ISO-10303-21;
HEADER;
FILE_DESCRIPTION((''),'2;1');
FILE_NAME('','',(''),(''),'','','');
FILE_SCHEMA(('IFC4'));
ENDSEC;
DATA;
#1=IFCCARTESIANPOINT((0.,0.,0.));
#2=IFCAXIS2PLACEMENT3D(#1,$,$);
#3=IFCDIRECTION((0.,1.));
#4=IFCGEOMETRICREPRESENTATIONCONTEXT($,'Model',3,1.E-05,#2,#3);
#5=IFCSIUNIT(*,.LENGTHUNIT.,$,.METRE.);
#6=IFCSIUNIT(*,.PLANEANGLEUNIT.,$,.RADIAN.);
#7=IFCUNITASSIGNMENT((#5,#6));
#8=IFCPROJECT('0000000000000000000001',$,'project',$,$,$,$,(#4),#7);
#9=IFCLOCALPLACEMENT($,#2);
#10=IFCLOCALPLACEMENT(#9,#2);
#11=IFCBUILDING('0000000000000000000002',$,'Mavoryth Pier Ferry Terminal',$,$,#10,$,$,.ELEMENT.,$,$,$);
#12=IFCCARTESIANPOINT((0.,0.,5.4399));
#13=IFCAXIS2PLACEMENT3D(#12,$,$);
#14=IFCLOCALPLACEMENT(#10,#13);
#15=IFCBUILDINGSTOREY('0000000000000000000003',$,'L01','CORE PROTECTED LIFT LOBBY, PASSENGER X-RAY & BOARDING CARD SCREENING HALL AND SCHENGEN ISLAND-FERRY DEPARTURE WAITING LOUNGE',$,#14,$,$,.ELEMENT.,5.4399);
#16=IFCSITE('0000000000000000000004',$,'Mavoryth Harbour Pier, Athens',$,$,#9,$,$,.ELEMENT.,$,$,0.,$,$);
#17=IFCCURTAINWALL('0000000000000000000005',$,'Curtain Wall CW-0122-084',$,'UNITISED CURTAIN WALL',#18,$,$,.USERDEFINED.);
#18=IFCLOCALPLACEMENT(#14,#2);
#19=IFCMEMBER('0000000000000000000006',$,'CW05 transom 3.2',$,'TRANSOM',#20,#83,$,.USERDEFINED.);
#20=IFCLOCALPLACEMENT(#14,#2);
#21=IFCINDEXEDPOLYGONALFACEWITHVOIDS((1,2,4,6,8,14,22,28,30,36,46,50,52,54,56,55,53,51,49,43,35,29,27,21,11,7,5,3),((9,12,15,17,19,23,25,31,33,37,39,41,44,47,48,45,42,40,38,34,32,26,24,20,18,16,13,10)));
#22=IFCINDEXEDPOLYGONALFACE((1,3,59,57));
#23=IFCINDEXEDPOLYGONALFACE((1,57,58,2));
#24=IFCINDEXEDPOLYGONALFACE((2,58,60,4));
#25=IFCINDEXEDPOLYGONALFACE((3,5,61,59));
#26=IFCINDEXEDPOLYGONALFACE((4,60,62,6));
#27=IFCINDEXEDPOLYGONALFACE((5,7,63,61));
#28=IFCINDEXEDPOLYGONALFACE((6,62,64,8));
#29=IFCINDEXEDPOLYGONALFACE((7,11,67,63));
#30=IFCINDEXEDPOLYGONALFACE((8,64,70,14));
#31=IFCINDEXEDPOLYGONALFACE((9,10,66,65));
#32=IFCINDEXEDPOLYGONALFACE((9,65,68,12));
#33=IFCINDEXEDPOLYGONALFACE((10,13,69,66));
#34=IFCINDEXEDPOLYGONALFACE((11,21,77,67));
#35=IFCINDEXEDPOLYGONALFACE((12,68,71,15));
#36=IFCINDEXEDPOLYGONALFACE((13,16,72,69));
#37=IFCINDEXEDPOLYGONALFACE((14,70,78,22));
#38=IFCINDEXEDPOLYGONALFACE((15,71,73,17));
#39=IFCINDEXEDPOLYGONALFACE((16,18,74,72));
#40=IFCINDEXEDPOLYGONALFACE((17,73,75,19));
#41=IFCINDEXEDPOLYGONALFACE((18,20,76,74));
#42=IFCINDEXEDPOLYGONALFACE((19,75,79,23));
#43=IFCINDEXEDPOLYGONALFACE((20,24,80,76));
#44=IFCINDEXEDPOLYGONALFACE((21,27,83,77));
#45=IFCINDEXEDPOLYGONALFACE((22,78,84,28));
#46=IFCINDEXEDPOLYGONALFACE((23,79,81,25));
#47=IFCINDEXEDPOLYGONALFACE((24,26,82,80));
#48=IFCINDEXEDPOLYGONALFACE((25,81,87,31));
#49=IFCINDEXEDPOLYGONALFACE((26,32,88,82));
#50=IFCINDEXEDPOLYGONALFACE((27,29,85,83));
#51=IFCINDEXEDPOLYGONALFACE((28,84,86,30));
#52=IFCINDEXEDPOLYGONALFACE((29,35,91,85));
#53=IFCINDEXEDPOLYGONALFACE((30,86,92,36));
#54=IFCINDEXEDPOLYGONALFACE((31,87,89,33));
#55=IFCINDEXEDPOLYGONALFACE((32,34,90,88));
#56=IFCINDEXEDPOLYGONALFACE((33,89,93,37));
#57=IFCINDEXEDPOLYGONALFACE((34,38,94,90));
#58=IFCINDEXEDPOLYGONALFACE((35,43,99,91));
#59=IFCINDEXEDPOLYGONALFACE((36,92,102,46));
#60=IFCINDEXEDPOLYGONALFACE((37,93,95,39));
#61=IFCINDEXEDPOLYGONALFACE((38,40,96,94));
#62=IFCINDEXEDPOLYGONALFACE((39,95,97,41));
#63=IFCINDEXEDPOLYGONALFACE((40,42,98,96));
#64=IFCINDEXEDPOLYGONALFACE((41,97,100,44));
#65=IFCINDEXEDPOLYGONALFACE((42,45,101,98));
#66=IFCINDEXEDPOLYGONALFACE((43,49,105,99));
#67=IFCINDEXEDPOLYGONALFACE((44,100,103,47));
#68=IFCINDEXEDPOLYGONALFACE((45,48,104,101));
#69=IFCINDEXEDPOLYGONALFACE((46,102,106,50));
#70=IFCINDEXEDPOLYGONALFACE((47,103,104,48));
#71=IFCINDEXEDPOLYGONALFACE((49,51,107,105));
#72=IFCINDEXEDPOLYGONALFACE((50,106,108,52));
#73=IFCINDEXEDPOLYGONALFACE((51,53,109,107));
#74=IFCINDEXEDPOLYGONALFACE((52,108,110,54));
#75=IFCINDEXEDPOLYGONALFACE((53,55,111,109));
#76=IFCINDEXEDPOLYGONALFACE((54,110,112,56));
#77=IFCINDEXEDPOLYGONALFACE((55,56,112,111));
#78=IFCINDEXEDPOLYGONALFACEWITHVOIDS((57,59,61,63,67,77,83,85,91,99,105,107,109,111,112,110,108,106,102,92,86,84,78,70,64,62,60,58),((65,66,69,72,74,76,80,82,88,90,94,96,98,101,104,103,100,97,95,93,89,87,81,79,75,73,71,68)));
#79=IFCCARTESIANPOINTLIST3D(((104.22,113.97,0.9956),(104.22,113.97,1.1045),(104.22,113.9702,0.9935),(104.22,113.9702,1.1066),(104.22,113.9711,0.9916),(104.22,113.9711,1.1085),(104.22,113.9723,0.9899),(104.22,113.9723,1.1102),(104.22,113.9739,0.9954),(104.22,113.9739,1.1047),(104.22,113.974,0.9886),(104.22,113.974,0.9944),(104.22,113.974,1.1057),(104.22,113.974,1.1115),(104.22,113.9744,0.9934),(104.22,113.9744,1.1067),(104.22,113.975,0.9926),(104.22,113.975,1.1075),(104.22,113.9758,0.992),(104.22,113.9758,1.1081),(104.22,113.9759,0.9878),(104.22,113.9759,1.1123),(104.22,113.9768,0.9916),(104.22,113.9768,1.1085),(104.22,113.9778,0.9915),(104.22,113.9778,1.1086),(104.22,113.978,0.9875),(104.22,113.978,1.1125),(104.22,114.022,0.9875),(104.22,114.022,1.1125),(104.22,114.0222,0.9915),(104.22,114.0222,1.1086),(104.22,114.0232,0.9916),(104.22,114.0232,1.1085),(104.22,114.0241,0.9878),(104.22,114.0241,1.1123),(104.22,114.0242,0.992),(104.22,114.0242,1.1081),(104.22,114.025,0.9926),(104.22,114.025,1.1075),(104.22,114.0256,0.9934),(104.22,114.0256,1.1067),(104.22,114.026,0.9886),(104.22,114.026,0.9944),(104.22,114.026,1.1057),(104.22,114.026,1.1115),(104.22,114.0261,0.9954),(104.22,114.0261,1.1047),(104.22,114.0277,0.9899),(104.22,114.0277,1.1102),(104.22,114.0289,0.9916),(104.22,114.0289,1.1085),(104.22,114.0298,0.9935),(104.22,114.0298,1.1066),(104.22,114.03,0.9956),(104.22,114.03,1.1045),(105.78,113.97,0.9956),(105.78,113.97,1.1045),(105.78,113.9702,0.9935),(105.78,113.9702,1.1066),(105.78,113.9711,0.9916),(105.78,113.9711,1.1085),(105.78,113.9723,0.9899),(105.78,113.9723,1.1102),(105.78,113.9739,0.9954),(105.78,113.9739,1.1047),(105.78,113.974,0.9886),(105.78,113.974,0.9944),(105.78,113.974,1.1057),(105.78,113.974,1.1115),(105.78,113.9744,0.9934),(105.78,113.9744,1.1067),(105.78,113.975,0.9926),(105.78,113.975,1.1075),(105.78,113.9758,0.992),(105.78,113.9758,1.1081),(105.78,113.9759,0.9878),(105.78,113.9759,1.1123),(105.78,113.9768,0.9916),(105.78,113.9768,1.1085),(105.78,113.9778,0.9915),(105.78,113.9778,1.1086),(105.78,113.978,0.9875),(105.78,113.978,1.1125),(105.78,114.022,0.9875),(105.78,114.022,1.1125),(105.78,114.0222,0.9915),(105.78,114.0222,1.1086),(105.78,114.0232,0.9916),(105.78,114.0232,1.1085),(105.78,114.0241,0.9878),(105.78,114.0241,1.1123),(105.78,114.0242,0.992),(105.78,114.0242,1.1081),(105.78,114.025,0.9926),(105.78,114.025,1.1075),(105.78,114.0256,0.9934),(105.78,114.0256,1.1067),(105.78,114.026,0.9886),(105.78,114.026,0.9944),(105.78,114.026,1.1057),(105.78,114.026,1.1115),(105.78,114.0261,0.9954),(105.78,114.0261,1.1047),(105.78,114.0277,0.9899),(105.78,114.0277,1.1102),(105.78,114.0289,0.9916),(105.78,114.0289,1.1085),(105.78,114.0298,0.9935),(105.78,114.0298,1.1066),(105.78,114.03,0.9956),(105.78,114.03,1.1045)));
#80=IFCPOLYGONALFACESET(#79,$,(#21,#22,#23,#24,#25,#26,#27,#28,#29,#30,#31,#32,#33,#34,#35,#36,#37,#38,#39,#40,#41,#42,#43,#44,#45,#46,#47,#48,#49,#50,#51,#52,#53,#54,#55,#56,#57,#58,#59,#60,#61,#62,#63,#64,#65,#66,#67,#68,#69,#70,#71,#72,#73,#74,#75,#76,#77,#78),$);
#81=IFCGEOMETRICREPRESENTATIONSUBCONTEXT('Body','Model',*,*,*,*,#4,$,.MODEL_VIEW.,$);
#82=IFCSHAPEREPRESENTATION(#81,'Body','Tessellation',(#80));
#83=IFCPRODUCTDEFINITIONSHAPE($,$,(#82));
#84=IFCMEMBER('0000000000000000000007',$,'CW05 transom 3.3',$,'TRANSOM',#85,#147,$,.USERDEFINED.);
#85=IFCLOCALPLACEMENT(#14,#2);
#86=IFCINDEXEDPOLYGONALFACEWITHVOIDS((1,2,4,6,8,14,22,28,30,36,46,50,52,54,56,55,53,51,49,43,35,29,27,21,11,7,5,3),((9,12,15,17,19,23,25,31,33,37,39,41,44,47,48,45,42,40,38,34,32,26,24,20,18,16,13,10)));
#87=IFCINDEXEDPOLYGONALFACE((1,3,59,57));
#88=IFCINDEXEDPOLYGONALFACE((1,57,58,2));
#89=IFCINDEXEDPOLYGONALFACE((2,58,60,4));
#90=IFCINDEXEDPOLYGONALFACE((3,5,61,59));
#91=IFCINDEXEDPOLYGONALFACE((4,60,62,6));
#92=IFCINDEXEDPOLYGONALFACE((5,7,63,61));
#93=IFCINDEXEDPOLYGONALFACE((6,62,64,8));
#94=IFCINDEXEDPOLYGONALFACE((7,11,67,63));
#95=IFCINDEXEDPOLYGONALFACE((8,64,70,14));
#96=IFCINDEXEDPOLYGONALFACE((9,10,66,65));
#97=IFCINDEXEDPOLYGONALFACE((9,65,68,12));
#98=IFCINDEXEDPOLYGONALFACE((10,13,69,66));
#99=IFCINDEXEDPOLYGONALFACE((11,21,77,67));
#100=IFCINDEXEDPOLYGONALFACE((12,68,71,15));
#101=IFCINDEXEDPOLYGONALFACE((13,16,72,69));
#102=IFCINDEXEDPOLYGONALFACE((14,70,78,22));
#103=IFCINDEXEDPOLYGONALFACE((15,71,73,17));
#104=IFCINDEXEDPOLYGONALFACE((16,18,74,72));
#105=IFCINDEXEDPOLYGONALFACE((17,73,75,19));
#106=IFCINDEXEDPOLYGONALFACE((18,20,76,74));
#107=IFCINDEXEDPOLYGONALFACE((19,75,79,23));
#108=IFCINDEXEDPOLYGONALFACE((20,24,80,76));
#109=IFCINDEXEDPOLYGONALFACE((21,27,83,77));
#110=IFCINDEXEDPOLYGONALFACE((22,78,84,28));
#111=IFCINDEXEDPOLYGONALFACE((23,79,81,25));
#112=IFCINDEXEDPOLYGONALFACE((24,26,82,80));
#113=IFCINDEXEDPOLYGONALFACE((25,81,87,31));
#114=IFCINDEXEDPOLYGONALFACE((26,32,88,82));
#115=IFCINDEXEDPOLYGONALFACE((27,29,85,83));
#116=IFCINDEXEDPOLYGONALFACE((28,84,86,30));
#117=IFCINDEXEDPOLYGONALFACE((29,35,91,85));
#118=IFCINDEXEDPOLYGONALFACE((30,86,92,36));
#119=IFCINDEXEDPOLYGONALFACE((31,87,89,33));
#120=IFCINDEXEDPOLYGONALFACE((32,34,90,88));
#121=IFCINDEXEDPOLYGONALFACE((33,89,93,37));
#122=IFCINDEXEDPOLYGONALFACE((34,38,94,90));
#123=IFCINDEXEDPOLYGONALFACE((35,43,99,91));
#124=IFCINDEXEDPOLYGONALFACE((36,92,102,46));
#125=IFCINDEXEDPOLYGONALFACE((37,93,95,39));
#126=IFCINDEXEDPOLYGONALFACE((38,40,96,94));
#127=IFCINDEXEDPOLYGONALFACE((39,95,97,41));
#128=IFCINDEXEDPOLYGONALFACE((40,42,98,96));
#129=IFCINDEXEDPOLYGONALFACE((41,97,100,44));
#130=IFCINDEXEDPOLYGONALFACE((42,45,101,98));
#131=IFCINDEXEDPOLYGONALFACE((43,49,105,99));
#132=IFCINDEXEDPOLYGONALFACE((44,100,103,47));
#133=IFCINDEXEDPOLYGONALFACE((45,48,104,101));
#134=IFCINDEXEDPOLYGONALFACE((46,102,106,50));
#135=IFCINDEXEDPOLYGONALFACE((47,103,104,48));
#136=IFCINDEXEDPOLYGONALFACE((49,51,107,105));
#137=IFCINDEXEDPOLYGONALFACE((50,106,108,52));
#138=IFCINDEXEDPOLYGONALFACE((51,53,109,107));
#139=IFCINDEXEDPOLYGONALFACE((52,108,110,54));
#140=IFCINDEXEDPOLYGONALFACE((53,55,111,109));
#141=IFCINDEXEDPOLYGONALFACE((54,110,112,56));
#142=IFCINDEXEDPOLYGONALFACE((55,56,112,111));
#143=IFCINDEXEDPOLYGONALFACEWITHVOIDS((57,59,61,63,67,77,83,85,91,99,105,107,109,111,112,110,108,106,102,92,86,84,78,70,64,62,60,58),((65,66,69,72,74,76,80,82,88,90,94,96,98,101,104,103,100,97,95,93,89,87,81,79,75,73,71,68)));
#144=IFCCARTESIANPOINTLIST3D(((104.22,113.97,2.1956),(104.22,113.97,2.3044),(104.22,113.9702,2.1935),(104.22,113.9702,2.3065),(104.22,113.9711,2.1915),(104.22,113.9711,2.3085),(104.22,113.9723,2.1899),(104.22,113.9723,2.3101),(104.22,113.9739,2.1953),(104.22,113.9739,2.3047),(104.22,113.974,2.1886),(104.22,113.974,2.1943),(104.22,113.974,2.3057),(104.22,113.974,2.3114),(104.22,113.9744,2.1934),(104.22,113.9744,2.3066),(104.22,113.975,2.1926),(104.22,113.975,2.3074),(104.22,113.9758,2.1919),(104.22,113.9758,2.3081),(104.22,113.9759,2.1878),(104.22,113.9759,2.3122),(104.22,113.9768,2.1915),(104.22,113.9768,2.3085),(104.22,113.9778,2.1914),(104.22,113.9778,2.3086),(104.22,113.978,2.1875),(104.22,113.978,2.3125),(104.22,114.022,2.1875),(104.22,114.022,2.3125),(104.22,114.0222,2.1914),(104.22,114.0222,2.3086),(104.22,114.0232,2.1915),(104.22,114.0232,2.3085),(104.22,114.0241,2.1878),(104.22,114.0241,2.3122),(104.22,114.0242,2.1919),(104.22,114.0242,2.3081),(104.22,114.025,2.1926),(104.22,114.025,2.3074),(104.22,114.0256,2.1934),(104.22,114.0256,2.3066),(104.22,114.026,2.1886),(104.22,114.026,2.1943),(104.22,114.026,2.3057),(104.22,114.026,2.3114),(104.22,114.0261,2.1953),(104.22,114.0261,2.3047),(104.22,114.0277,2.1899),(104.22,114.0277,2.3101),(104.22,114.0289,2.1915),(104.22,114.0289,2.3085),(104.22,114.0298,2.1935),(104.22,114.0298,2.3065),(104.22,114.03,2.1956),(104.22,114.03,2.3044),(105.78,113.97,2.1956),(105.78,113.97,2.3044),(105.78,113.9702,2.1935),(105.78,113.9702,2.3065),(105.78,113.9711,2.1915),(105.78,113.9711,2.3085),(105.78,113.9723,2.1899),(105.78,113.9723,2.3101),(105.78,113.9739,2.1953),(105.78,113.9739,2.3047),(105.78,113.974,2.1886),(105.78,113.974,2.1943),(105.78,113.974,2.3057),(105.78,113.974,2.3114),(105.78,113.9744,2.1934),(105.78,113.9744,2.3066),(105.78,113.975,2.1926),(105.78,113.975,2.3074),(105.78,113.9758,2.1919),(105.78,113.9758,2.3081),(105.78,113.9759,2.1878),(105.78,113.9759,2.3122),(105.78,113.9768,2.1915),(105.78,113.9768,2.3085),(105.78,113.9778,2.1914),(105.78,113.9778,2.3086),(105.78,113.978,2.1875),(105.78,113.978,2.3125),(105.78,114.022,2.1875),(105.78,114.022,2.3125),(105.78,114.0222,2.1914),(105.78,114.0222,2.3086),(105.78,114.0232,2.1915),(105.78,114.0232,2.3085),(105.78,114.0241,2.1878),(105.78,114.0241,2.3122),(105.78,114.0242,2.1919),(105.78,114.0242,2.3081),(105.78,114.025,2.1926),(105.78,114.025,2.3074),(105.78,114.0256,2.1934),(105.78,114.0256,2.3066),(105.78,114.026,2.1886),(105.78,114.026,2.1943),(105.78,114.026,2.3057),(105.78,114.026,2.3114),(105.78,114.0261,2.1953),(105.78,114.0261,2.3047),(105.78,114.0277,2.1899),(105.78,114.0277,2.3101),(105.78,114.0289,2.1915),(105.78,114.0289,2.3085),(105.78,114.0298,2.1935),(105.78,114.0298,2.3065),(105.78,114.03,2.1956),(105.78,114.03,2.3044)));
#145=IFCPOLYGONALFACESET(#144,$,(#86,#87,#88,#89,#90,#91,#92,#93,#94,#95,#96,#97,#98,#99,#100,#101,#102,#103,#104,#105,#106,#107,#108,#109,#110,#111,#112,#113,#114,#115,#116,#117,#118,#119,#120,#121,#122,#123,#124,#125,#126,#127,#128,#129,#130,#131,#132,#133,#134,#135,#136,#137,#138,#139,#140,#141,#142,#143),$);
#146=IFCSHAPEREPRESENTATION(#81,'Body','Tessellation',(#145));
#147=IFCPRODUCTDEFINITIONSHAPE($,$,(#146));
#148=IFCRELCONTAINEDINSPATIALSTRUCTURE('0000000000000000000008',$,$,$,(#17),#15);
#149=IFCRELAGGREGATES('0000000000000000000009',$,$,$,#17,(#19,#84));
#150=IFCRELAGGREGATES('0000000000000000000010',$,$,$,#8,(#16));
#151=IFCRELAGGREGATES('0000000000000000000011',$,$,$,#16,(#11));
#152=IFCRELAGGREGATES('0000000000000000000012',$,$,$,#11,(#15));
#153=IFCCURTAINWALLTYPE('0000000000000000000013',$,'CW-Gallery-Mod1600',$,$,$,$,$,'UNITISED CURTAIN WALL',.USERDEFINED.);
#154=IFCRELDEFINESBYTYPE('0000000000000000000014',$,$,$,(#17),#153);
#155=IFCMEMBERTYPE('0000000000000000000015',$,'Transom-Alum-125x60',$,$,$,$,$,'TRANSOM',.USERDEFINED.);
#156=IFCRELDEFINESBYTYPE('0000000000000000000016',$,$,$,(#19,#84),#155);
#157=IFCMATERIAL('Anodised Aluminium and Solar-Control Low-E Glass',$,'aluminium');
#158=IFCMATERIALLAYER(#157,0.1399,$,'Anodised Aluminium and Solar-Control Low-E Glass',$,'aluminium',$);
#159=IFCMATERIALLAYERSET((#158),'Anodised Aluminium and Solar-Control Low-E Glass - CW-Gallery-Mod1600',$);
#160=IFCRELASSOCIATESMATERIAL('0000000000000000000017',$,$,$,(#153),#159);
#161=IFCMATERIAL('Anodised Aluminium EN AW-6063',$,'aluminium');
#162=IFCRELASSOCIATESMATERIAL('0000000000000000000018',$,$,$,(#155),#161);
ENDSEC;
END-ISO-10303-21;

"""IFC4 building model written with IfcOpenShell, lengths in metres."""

from ifc_helpers import new_model, si_unit, direction, frame, origin, origin_2d, place, context, subcontext, project, spatial, hollow_rectangle, extrude, material, layer, layer_set, material_profile, profile_set, type_object, element, aggregate, save


model = new_model("IFC4")

# Units and contexts
model_context = context("Model", 3, precision=1e-05, world=origin(), true_north=direction((0.0, 1.0)))
body_context = subcontext(model_context, "Body", "Model", "MODEL_VIEW")
ifc_project = project(units=[si_unit("LENGTHUNIT", "METRE"), si_unit("PLANEANGLEUNIT", "RADIAN")], contexts=[model_context])

# Site, building, storey
site_placement = place(None, origin())
site = spatial("IfcSite", under=ifc_project, at=site_placement, Name="Mavoryth Harbour Pier, Athens", CompositionType="ELEMENT", RefElevation=0.0)
building_placement = place(site_placement, origin())
building = spatial("IfcBuilding", under=site, at=building_placement, Name="Mavoryth Pier Ferry Terminal", CompositionType="ELEMENT")
storey_placement = place(building_placement, frame((0.0, 0.0, 5.4399)))
storey = spatial("IfcBuildingStorey", under=building, at=storey_placement, Name="L01", Description="CORE PROTECTED LIFT LOBBY, PASSENGER X-RAY & BOARDING CARD SCREENING HALL AND SCHENGEN ISLAND-FERRY DEPARTURE WAITING LOUNGE", CompositionType="ELEMENT", Elevation=5.4399)

# Curtain wall
ifc_material_1 = material(Name="Anodised Aluminium and Solar-Control Low-E Glass", Category="aluminium")
ifc_layer_1 = layer(ifc_material_1, 0.1399, Name="Anodised Aluminium and Solar-Control Low-E Glass", Category="aluminium")
ifc_layer_set_1 = layer_set([ifc_layer_1], Name="Anodised Aluminium and Solar-Control Low-E Glass - CW-Gallery-Mod1600")
curtain_wall_type = type_object("IfcCurtainWallType", Name="CW-Gallery-Mod1600", ElementType="UNITISED CURTAIN WALL", PredefinedType="USERDEFINED", material=ifc_layer_set_1)
curtain_wall_placement = place(storey_placement, origin())
curtain_wall = element("IfcCurtainWall", 1, at=curtain_wall_placement, inside=storey, type_object=curtain_wall_type, Name="Curtain Wall CW-0122-084", ObjectType="UNITISED CURTAIN WALL", PredefinedType="USERDEFINED")
ifc_material_2 = material(Name="Anodised Aluminium EN AW-6063", Category="aluminium")

# Members
ifc_material_profile_1 = material_profile(ifc_material_2, hollow_rectangle(XDim=0.0601, YDim=0.125, WallThickness=0.0039, InnerFilletRadius=0.0039, OuterFilletRadius=0.0081, at=origin_2d()), Name="AL-TRAN 125x60x4", Category="aluminium")
ifc_profile_set_1 = profile_set([ifc_material_profile_1], Name="Anodised Aluminium EN AW-6063 - AL-TRAN 125x60x4")
member_type_1 = type_object("IfcMemberType", Name="Transom-Alum-125x60", ElementType="TRANSOM", PredefinedType="USERDEFINED", material=ifc_profile_set_1)
member_1_placement = place(storey_placement, frame((105.78, 114.0, 1.05), z_axis=(-1.0, 0.0, 0.0), x_axis=(0.0, -1.0, 0.0)))
member_1 = element("IfcMember", 2, at=member_1_placement, type_object=member_type_1, Name="CW05 transom 3.2", ObjectType="TRANSOM", PredefinedType="USERDEFINED", context=body_context, shape_type="SweptSolid", body=[
    extrude(hollow_rectangle(XDim=0.0601, YDim=0.125, WallThickness=0.0039, InnerFilletRadius=0.0039, OuterFilletRadius=0.0081, at=origin_2d()), origin(), (0.0, 0.0, 1.0), 1.5601),
])
member_2_placement = place(storey_placement, frame((105.78, 114.0, 2.25), z_axis=(-1.0, 0.0, 0.0), x_axis=(0.0, -1.0, 0.0)))
member_2 = element("IfcMember", 3, at=member_2_placement, type_object=member_type_1, Name="CW05 transom 3.3", ObjectType="TRANSOM", PredefinedType="USERDEFINED", context=body_context, shape_type="SweptSolid", body=[
    extrude(hollow_rectangle(XDim=0.0601, YDim=0.125, WallThickness=0.0039, InnerFilletRadius=0.0039, OuterFilletRadius=0.0081, at=origin_2d()), origin(), (0.0, 0.0, 1.0), 1.5601),
])

aggregate(curtain_wall, [member_1, member_2])

save(model, "model.ifc")
